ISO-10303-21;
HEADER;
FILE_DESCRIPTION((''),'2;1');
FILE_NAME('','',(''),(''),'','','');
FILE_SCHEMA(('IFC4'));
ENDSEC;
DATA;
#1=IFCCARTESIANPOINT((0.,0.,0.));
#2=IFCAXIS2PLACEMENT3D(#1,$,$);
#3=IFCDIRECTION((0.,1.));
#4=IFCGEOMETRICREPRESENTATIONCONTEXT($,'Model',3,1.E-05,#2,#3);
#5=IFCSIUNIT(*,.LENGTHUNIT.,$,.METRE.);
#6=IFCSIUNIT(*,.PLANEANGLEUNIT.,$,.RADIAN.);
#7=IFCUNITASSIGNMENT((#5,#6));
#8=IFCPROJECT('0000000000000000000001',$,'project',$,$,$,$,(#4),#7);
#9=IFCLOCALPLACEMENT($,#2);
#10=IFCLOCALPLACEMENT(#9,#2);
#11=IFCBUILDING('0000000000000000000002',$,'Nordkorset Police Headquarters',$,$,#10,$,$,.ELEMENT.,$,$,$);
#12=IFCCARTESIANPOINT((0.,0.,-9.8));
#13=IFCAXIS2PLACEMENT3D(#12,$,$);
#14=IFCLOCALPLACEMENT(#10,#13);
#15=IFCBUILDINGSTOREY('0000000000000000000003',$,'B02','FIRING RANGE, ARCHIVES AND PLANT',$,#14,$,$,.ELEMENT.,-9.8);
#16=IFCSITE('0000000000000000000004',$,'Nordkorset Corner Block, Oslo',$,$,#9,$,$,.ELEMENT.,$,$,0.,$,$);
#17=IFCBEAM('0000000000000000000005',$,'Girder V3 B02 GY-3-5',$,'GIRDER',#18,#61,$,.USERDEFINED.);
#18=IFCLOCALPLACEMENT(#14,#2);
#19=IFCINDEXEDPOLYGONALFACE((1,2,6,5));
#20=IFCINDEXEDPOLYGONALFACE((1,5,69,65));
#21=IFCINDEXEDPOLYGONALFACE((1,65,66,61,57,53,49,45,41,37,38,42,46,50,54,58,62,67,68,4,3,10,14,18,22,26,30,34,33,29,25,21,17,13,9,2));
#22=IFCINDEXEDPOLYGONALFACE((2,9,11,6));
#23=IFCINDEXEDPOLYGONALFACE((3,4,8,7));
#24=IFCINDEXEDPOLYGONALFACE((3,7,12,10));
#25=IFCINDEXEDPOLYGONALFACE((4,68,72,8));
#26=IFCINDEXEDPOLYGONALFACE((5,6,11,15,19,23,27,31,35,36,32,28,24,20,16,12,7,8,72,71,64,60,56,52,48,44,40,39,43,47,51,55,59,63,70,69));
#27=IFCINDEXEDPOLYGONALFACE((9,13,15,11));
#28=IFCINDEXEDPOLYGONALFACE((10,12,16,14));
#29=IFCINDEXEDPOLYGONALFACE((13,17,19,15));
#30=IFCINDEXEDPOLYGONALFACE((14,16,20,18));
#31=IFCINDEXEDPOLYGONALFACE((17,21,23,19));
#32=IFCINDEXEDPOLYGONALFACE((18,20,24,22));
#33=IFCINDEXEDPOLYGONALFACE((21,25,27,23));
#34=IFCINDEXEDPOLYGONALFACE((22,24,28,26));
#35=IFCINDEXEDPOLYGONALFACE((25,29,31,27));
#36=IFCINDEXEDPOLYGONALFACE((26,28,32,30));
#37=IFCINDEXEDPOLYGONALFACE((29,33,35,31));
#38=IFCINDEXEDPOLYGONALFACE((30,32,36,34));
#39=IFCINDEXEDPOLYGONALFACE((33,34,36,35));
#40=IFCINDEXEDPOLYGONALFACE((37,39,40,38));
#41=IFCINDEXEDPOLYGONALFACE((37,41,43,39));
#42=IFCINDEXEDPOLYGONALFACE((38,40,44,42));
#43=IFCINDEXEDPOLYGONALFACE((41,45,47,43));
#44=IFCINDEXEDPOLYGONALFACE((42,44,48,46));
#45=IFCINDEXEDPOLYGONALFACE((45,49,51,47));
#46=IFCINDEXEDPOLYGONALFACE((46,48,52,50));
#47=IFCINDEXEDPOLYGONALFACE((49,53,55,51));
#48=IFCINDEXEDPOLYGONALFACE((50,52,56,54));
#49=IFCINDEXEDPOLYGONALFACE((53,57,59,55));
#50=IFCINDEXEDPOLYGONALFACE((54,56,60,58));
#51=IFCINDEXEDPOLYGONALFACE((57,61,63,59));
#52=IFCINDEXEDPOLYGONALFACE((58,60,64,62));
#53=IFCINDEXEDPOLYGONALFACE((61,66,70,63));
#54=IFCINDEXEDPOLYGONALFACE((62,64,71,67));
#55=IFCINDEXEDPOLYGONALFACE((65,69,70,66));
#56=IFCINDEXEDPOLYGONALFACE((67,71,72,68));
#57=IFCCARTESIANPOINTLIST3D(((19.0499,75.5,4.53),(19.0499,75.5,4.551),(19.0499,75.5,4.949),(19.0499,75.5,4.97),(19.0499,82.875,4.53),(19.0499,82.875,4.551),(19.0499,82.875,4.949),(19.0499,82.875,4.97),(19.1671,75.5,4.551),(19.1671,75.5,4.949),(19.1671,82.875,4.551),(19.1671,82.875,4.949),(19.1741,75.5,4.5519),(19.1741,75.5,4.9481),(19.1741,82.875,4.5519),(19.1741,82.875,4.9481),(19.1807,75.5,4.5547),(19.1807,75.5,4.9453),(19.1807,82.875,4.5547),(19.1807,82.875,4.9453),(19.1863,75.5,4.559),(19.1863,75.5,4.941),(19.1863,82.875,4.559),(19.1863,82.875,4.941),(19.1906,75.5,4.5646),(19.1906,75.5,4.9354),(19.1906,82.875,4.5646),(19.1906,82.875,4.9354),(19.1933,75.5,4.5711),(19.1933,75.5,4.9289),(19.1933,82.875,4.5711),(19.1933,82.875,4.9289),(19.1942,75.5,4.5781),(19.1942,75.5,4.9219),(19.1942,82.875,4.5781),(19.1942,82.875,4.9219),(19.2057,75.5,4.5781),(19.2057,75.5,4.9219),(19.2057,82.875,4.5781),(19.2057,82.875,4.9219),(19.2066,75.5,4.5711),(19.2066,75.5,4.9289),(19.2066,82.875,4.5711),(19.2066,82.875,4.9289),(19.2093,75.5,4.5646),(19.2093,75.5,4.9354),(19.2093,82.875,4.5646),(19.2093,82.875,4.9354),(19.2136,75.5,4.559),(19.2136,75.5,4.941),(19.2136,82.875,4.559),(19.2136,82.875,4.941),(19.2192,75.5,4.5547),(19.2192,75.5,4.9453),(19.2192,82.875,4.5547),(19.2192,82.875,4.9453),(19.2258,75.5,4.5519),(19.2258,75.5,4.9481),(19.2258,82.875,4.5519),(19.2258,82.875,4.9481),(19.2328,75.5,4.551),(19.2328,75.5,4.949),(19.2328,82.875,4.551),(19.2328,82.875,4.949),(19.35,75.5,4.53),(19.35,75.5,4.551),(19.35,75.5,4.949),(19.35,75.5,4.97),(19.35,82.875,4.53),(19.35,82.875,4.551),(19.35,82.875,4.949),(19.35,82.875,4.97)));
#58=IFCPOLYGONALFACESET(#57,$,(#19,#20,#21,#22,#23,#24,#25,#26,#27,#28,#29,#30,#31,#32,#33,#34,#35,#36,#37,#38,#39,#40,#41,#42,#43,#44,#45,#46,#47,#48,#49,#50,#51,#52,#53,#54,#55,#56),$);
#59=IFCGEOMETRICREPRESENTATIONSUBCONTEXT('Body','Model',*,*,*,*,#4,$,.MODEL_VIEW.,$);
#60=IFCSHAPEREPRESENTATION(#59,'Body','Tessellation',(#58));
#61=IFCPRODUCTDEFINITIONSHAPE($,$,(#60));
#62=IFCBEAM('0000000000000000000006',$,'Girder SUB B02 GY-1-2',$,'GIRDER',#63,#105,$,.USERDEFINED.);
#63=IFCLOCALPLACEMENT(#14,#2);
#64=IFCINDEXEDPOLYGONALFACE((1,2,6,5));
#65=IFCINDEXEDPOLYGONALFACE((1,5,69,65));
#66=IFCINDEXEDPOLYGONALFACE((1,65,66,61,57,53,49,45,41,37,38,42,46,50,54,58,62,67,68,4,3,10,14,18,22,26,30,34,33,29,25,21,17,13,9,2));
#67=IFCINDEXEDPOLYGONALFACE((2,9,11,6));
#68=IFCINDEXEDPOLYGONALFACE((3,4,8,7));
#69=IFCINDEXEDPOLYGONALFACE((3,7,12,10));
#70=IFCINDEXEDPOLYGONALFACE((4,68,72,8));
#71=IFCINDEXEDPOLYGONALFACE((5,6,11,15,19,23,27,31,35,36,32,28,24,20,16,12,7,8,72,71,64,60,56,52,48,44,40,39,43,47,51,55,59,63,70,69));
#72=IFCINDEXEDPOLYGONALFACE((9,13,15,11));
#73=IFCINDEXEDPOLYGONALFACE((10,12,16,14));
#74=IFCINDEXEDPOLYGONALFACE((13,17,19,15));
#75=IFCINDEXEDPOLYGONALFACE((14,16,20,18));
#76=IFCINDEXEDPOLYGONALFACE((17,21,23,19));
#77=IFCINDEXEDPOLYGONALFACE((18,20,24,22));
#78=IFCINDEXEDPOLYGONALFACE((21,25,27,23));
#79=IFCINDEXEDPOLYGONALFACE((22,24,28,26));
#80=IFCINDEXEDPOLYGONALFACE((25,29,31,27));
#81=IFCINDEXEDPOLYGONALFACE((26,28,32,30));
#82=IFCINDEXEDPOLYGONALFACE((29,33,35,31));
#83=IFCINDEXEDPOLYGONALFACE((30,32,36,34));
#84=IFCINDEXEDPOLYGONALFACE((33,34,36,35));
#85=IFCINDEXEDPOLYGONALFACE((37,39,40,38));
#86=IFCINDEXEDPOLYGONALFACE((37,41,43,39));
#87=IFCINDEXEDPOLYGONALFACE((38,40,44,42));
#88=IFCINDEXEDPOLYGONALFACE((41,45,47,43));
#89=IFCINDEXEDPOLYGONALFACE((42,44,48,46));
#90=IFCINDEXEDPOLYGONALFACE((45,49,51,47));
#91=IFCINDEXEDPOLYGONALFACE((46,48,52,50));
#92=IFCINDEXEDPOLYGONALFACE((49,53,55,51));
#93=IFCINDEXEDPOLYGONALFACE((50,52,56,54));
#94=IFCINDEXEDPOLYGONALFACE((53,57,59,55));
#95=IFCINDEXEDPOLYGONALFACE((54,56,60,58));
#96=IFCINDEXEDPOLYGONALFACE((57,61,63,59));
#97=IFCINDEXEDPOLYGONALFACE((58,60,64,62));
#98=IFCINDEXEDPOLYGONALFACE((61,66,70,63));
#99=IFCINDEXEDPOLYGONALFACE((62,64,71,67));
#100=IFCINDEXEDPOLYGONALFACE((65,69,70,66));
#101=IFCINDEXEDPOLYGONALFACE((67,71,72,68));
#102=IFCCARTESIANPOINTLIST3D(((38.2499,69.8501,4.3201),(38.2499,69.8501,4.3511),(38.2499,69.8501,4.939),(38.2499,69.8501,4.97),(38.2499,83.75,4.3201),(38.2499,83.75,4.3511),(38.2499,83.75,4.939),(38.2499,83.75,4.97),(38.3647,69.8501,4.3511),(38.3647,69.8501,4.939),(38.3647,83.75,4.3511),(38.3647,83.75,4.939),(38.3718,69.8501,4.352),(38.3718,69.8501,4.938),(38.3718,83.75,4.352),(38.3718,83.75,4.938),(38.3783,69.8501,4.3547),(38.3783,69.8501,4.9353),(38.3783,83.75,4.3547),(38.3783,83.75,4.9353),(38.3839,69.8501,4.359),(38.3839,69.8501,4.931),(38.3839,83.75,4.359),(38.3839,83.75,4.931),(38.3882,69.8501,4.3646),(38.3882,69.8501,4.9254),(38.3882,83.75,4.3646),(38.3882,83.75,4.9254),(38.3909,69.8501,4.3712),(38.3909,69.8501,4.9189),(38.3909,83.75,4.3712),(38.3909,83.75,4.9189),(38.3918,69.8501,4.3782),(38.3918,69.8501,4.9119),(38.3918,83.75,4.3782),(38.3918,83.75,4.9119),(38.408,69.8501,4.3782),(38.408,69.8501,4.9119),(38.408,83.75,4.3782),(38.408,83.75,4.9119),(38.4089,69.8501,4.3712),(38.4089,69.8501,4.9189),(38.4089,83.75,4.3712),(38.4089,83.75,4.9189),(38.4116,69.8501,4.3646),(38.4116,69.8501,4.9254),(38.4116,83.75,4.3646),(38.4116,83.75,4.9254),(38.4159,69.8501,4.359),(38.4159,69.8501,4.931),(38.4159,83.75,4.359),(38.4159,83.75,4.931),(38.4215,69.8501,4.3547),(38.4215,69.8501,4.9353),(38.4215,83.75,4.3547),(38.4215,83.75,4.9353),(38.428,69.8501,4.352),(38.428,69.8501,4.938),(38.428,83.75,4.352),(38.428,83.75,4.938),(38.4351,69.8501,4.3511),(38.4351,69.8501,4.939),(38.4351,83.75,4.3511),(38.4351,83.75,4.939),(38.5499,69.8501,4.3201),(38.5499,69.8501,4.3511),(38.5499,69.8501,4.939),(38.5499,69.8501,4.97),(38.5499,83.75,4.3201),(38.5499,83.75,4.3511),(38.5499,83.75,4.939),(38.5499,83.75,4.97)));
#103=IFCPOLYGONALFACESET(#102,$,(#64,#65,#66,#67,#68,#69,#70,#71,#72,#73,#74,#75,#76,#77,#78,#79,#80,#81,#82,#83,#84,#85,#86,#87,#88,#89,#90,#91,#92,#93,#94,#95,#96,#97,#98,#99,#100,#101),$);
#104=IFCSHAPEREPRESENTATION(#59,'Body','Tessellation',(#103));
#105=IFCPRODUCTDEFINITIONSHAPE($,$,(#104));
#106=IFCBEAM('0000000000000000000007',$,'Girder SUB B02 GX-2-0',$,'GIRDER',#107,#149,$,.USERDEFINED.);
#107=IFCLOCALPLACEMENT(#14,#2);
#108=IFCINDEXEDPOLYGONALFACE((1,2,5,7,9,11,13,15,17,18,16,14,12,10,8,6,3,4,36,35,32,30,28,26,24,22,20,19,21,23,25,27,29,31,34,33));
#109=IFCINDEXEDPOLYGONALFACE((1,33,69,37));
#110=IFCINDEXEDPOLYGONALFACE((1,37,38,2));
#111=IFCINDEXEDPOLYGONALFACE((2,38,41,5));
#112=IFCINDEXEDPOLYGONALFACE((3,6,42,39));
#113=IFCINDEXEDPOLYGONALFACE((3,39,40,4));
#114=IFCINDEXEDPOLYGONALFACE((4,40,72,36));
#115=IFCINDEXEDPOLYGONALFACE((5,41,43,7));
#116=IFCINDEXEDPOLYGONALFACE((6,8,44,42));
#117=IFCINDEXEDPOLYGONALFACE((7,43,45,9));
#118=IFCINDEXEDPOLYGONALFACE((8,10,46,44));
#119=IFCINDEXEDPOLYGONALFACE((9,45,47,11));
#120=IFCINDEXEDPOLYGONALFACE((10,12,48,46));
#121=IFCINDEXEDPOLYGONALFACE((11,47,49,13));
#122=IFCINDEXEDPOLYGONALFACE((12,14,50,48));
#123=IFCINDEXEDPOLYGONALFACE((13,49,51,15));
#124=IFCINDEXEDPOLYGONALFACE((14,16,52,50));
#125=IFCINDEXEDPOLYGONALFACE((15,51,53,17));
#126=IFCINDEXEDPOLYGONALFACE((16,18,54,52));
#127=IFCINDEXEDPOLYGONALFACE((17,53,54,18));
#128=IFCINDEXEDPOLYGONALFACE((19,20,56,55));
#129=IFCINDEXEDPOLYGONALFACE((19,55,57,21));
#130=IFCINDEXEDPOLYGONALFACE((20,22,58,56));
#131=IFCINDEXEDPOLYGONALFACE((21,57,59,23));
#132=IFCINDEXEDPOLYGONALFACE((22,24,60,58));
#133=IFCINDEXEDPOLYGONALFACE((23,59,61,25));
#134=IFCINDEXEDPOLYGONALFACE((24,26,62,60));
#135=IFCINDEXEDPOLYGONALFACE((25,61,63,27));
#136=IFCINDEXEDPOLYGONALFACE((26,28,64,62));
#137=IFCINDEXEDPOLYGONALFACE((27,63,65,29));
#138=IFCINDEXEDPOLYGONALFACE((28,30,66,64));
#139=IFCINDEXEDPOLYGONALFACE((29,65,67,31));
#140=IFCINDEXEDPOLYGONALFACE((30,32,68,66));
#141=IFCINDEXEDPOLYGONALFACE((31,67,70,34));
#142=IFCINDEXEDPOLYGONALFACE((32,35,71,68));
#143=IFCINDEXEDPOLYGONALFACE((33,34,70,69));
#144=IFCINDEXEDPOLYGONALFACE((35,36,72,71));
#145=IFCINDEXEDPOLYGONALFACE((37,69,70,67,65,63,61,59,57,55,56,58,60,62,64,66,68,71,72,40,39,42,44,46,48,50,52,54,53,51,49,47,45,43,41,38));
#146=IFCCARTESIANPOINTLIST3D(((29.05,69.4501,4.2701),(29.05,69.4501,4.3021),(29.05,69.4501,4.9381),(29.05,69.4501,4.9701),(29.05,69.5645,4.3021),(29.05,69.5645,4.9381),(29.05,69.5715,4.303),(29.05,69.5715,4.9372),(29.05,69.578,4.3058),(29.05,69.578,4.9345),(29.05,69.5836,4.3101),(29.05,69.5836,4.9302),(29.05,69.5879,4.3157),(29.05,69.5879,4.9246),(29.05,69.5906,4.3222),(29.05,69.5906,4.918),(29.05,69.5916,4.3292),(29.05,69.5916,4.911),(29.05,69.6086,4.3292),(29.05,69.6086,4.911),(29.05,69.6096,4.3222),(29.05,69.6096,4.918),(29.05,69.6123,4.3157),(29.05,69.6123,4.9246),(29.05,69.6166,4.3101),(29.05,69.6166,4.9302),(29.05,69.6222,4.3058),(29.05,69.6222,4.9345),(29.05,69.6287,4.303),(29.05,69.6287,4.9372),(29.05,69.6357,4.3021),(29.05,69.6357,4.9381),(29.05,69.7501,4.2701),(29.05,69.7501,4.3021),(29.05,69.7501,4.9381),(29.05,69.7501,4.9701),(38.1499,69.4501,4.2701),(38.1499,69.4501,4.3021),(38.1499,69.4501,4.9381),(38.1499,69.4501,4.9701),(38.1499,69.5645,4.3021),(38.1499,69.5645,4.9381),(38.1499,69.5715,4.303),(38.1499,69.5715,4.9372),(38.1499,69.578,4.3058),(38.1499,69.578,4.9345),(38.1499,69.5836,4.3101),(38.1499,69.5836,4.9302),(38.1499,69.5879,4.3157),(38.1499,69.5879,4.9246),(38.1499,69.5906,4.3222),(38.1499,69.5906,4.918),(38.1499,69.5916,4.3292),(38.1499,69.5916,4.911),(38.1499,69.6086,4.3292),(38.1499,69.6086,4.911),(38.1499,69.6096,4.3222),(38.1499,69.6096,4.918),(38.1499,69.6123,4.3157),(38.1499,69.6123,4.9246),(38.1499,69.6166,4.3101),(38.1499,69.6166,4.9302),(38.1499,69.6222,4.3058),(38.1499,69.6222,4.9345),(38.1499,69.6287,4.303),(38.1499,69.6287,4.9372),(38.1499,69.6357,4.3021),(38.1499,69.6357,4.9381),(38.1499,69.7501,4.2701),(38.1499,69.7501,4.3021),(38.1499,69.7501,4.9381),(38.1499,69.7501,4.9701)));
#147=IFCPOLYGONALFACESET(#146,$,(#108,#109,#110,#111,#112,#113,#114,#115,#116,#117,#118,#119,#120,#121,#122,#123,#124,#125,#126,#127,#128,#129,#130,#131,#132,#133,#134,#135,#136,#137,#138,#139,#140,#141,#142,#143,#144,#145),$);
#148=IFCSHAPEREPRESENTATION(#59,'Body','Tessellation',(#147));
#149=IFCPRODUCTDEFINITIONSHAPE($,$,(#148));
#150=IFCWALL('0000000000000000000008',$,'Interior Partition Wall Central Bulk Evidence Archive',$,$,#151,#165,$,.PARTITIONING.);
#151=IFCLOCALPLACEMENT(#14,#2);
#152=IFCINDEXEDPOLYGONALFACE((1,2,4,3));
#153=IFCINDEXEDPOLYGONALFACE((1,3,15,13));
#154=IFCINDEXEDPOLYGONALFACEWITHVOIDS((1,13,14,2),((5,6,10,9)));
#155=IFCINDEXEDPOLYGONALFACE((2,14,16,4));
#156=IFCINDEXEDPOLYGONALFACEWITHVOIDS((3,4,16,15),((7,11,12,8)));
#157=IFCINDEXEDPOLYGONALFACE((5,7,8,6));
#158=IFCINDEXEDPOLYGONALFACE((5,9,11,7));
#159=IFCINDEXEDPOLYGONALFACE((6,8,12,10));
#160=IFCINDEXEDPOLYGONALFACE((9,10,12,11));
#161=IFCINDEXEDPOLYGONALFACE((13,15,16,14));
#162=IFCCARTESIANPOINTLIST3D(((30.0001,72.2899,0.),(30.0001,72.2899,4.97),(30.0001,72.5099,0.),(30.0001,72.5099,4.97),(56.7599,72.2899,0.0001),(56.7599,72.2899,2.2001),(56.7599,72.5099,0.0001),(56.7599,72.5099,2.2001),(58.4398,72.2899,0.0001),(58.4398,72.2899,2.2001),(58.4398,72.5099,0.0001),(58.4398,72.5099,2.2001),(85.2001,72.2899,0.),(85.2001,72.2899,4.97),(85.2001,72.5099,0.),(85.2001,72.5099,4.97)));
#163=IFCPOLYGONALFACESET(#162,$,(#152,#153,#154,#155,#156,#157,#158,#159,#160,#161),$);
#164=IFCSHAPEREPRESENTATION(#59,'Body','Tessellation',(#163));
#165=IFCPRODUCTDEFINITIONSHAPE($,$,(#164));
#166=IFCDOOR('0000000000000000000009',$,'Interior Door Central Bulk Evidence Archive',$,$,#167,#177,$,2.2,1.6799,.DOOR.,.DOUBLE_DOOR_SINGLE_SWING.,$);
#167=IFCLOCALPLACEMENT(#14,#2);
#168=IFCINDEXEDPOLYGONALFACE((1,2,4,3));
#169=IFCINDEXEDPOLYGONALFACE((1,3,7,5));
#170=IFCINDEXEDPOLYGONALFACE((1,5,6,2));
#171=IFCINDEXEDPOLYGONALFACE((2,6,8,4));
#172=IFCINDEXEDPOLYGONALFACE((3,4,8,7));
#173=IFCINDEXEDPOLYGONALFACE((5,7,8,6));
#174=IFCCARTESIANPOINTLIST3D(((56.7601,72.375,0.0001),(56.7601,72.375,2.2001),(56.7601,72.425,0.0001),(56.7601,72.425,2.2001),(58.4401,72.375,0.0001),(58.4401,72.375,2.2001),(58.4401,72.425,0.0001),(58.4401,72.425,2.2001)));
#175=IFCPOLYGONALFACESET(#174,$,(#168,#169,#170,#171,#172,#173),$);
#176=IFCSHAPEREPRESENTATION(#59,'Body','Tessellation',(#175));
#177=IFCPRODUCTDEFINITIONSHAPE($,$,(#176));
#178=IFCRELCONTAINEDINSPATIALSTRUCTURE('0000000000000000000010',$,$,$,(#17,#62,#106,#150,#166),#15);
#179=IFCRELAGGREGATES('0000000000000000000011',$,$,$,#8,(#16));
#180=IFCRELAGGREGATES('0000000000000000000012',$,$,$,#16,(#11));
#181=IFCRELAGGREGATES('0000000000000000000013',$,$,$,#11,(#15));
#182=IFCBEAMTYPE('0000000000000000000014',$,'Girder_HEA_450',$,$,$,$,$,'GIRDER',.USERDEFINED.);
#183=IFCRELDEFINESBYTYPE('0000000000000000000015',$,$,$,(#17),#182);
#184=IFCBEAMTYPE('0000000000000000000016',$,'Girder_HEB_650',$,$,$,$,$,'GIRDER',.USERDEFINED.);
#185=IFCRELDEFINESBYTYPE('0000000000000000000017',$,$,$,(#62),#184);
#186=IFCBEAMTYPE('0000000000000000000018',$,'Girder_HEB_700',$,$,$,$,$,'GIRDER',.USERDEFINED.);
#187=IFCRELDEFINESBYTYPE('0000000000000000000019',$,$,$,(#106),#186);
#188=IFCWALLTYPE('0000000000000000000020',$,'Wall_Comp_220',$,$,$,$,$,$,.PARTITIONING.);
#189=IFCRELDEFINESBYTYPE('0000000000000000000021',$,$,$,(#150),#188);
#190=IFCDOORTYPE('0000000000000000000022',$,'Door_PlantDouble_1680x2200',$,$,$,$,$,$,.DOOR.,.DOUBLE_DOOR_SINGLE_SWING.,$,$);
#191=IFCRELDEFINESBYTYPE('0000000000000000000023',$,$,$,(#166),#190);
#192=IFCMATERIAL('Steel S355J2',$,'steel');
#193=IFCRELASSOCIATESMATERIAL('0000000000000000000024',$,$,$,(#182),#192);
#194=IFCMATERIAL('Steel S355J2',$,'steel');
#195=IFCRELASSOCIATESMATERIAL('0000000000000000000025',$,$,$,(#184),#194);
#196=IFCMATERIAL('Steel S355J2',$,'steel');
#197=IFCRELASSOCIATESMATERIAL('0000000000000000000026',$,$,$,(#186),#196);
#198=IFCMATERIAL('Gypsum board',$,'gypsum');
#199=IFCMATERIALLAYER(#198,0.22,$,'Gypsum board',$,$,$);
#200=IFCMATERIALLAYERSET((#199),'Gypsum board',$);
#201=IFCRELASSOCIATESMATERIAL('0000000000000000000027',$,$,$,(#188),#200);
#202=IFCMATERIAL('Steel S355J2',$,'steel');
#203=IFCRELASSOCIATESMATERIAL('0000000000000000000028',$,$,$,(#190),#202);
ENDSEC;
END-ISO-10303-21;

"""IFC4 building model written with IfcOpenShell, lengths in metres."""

from ifc_helpers import new_model, si_unit, direction, frame, frame_2d, origin, origin_2d, place, context, subcontext, project, spatial, rectangle, i_section, extrude, material, layer, layer_set, material_profile, profile_set, type_object, element, fill, save


model = new_model("IFC4")

# Units and contexts
model_context = context("Model", 3, precision=1e-05, world=origin(), true_north=direction((0.0, 1.0)))
body_context = subcontext(model_context, "Body", "Model", "MODEL_VIEW")
ifc_project = project(units=[si_unit("LENGTHUNIT", "METRE"), si_unit("PLANEANGLEUNIT", "RADIAN")], contexts=[model_context])

# Site, building, storey
site_placement = place(None, origin())
site = spatial("IfcSite", under=ifc_project, at=site_placement, Name="Nordkorset Corner Block, Oslo", CompositionType="ELEMENT", RefElevation=0.0)
building_placement = place(site_placement, origin())
building = spatial("IfcBuilding", under=site, at=building_placement, Name="Nordkorset Police Headquarters", CompositionType="ELEMENT")
storey_placement = place(building_placement, frame((0.0, 0.0, -9.8)))
storey = spatial("IfcBuildingStorey", under=building, at=storey_placement, Name="B02", Description="FIRING RANGE, ARCHIVES AND PLANT", CompositionType="ELEMENT", Elevation=-9.8)

# Beams
ifc_material_1 = material(Name="Steel S355J2", Category="steel")
ifc_material_profile_1 = material_profile(ifc_material_1, i_section(OverallWidth=0.3, OverallDepth=0.4399, WebThickness=0.0115, FlangeThickness=0.021, FilletRadius=0.0271, at=origin_2d()), Name="HEA 450")
ifc_profile_set_1 = profile_set([ifc_material_profile_1], Name="Steel S355J2")
beam_type_1 = type_object("IfcBeamType", Name="Girder_HEA_450", ElementType="GIRDER", PredefinedType="USERDEFINED", material=ifc_profile_set_1)
beam_1_placement = place(storey_placement, frame((19.2, 75.5, 4.75), z_axis=(0.0, 1.0, 0.0), x_axis=(-1.0, 0.0, 0.0)))
element("IfcBeam", 1, at=beam_1_placement, inside=storey, type_object=beam_type_1, Name="Girder V3 B02 GY-3-5", ObjectType="GIRDER", PredefinedType="USERDEFINED", context=body_context, shape_type="SweptSolid", body=[
    extrude(i_section(OverallWidth=0.3, OverallDepth=0.4399, WebThickness=0.0115, FlangeThickness=0.021, FilletRadius=0.0271, at=origin_2d()), origin(), (0.0, 0.0, 1.0), 7.375),
])
ifc_material_2 = material(Name="Steel S355J2", Category="steel")
ifc_material_profile_2 = material_profile(ifc_material_2, i_section(OverallWidth=0.3, OverallDepth=0.6499, WebThickness=0.0161, FlangeThickness=0.031, FilletRadius=0.0271, at=origin_2d()), Name="HEB 650")
ifc_profile_set_2 = profile_set([ifc_material_profile_2], Name="Steel S355J2")
beam_type_2 = type_object("IfcBeamType", Name="Girder_HEB_650", ElementType="GIRDER", PredefinedType="USERDEFINED", material=ifc_profile_set_2)
beam_2_placement = place(storey_placement, frame((38.3999, 69.8501, 4.645), z_axis=(0.0, 1.0, 0.0), x_axis=(-1.0, 0.0, 0.0)))
element("IfcBeam", 2, at=beam_2_placement, inside=storey, type_object=beam_type_2, Name="Girder SUB B02 GY-1-2", ObjectType="GIRDER", PredefinedType="USERDEFINED", context=body_context, shape_type="SweptSolid", body=[
    extrude(i_section(OverallWidth=0.3, OverallDepth=0.6499, WebThickness=0.0161, FlangeThickness=0.031, FilletRadius=0.0271, at=origin_2d()), origin(), (0.0, 0.0, 1.0), 13.8999),
])
ifc_material_3 = material(Name="Steel S355J2", Category="steel")
ifc_material_profile_3 = material_profile(ifc_material_3, i_section(OverallWidth=0.3, OverallDepth=0.7, WebThickness=0.0171, FlangeThickness=0.032, FilletRadius=0.0271, at=origin_2d()), Name="HEB 700")
ifc_profile_set_3 = profile_set([ifc_material_profile_3], Name="Steel S355J2")
beam_type_3 = type_object("IfcBeamType", Name="Girder_HEB_700", ElementType="GIRDER", PredefinedType="USERDEFINED", material=ifc_profile_set_3)
beam_3_placement = place(storey_placement, frame((29.05, 69.6001, 4.6201), z_axis=(1.0, 0.0, 0.0), x_axis=(0.0, 1.0, 0.0)))
element("IfcBeam", 3, at=beam_3_placement, inside=storey, type_object=beam_type_3, Name="Girder SUB B02 GX-2-0", ObjectType="GIRDER", PredefinedType="USERDEFINED", context=body_context, shape_type="SweptSolid", body=[
    extrude(i_section(OverallWidth=0.3, OverallDepth=0.7, WebThickness=0.0171, FlangeThickness=0.032, FilletRadius=0.0271, at=origin_2d()), origin(), (0.0, 0.0, 1.0), 9.0999),
])

# Wall, opening, door
ifc_material_4 = material(Name="Gypsum board", Category="gypsum")
ifc_layer = layer(ifc_material_4, 0.22, Name="Gypsum board")
ifc_layer_set = layer_set([ifc_layer], Name="Gypsum board")
wall_type = type_object("IfcWallType", Name="Wall_Comp_220", PredefinedType="PARTITIONING", material=ifc_layer_set)
wall_1_placement = place(storey_placement, frame((30.0, 72.3999, 0.0), z_axis=(0.0, 0.0, 1.0), x_axis=(1.0, 0.0, 0.0)))
wall_1 = element("IfcWall", 4, at=wall_1_placement, inside=storey, type_object=wall_type, Name="Interior Partition Wall Central Bulk Evidence Archive", PredefinedType="PARTITIONING", context=body_context, shape_type="SweptSolid", body=[
    extrude(rectangle(XDim=55.2, YDim=0.22, at=frame_2d((27.6001, 0.0))), origin(), (0.0, 0.0, 1.0), 4.97),
])
opening_placement = place(wall_1_placement, frame((26.76, 0.0, 0.0)))
opening = element("IfcOpeningElement", 5, at=opening_placement, cuts=wall_1, PredefinedType="OPENING", context=body_context, shape_type="SweptSolid", body=[
    extrude(rectangle(XDim=1.6799, YDim=2.2, at=frame_2d((0.8398, 1.1001))), frame((0.0, 0.1201, 0.0), z_axis=(0.0, -1.0, 0.0), x_axis=(1.0, 0.0, 0.0)), (0.0, 0.0, 1.0), 0.24),
])
ifc_material_5 = material(Name="Steel S355J2", Category="steel")
door_type = type_object("IfcDoorType", Name="Door_PlantDouble_1680x2200", OperationType="DOUBLE_DOOR_SINGLE_SWING", PredefinedType="DOOR", material=ifc_material_5)
door_placement = place(opening_placement, frame((1.6799, 0.0, 0.0), z_axis=(0.0, 0.0, 1.0), x_axis=(-1.0, 0.0, 0.0)))
door = element("IfcDoor", 6, at=door_placement, inside=storey, type_object=door_type, Name="Interior Door Central Bulk Evidence Archive", OperationType="DOUBLE_DOOR_SINGLE_SWING", OverallHeight=2.2, OverallWidth=1.6799, PredefinedType="DOOR", context=body_context, shape_type="SweptSolid", body=[
    extrude(rectangle(XDim=1.6799, YDim=2.2, at=frame_2d((0.8398, 1.1001))), frame((0.0, 0.0249, 0.0), z_axis=(0.0, -1.0, 0.0), x_axis=(1.0, 0.0, 0.0)), (0.0, 0.0, 1.0), 0.05),
])
fill(opening, door)

save(model, "model.ifc")
